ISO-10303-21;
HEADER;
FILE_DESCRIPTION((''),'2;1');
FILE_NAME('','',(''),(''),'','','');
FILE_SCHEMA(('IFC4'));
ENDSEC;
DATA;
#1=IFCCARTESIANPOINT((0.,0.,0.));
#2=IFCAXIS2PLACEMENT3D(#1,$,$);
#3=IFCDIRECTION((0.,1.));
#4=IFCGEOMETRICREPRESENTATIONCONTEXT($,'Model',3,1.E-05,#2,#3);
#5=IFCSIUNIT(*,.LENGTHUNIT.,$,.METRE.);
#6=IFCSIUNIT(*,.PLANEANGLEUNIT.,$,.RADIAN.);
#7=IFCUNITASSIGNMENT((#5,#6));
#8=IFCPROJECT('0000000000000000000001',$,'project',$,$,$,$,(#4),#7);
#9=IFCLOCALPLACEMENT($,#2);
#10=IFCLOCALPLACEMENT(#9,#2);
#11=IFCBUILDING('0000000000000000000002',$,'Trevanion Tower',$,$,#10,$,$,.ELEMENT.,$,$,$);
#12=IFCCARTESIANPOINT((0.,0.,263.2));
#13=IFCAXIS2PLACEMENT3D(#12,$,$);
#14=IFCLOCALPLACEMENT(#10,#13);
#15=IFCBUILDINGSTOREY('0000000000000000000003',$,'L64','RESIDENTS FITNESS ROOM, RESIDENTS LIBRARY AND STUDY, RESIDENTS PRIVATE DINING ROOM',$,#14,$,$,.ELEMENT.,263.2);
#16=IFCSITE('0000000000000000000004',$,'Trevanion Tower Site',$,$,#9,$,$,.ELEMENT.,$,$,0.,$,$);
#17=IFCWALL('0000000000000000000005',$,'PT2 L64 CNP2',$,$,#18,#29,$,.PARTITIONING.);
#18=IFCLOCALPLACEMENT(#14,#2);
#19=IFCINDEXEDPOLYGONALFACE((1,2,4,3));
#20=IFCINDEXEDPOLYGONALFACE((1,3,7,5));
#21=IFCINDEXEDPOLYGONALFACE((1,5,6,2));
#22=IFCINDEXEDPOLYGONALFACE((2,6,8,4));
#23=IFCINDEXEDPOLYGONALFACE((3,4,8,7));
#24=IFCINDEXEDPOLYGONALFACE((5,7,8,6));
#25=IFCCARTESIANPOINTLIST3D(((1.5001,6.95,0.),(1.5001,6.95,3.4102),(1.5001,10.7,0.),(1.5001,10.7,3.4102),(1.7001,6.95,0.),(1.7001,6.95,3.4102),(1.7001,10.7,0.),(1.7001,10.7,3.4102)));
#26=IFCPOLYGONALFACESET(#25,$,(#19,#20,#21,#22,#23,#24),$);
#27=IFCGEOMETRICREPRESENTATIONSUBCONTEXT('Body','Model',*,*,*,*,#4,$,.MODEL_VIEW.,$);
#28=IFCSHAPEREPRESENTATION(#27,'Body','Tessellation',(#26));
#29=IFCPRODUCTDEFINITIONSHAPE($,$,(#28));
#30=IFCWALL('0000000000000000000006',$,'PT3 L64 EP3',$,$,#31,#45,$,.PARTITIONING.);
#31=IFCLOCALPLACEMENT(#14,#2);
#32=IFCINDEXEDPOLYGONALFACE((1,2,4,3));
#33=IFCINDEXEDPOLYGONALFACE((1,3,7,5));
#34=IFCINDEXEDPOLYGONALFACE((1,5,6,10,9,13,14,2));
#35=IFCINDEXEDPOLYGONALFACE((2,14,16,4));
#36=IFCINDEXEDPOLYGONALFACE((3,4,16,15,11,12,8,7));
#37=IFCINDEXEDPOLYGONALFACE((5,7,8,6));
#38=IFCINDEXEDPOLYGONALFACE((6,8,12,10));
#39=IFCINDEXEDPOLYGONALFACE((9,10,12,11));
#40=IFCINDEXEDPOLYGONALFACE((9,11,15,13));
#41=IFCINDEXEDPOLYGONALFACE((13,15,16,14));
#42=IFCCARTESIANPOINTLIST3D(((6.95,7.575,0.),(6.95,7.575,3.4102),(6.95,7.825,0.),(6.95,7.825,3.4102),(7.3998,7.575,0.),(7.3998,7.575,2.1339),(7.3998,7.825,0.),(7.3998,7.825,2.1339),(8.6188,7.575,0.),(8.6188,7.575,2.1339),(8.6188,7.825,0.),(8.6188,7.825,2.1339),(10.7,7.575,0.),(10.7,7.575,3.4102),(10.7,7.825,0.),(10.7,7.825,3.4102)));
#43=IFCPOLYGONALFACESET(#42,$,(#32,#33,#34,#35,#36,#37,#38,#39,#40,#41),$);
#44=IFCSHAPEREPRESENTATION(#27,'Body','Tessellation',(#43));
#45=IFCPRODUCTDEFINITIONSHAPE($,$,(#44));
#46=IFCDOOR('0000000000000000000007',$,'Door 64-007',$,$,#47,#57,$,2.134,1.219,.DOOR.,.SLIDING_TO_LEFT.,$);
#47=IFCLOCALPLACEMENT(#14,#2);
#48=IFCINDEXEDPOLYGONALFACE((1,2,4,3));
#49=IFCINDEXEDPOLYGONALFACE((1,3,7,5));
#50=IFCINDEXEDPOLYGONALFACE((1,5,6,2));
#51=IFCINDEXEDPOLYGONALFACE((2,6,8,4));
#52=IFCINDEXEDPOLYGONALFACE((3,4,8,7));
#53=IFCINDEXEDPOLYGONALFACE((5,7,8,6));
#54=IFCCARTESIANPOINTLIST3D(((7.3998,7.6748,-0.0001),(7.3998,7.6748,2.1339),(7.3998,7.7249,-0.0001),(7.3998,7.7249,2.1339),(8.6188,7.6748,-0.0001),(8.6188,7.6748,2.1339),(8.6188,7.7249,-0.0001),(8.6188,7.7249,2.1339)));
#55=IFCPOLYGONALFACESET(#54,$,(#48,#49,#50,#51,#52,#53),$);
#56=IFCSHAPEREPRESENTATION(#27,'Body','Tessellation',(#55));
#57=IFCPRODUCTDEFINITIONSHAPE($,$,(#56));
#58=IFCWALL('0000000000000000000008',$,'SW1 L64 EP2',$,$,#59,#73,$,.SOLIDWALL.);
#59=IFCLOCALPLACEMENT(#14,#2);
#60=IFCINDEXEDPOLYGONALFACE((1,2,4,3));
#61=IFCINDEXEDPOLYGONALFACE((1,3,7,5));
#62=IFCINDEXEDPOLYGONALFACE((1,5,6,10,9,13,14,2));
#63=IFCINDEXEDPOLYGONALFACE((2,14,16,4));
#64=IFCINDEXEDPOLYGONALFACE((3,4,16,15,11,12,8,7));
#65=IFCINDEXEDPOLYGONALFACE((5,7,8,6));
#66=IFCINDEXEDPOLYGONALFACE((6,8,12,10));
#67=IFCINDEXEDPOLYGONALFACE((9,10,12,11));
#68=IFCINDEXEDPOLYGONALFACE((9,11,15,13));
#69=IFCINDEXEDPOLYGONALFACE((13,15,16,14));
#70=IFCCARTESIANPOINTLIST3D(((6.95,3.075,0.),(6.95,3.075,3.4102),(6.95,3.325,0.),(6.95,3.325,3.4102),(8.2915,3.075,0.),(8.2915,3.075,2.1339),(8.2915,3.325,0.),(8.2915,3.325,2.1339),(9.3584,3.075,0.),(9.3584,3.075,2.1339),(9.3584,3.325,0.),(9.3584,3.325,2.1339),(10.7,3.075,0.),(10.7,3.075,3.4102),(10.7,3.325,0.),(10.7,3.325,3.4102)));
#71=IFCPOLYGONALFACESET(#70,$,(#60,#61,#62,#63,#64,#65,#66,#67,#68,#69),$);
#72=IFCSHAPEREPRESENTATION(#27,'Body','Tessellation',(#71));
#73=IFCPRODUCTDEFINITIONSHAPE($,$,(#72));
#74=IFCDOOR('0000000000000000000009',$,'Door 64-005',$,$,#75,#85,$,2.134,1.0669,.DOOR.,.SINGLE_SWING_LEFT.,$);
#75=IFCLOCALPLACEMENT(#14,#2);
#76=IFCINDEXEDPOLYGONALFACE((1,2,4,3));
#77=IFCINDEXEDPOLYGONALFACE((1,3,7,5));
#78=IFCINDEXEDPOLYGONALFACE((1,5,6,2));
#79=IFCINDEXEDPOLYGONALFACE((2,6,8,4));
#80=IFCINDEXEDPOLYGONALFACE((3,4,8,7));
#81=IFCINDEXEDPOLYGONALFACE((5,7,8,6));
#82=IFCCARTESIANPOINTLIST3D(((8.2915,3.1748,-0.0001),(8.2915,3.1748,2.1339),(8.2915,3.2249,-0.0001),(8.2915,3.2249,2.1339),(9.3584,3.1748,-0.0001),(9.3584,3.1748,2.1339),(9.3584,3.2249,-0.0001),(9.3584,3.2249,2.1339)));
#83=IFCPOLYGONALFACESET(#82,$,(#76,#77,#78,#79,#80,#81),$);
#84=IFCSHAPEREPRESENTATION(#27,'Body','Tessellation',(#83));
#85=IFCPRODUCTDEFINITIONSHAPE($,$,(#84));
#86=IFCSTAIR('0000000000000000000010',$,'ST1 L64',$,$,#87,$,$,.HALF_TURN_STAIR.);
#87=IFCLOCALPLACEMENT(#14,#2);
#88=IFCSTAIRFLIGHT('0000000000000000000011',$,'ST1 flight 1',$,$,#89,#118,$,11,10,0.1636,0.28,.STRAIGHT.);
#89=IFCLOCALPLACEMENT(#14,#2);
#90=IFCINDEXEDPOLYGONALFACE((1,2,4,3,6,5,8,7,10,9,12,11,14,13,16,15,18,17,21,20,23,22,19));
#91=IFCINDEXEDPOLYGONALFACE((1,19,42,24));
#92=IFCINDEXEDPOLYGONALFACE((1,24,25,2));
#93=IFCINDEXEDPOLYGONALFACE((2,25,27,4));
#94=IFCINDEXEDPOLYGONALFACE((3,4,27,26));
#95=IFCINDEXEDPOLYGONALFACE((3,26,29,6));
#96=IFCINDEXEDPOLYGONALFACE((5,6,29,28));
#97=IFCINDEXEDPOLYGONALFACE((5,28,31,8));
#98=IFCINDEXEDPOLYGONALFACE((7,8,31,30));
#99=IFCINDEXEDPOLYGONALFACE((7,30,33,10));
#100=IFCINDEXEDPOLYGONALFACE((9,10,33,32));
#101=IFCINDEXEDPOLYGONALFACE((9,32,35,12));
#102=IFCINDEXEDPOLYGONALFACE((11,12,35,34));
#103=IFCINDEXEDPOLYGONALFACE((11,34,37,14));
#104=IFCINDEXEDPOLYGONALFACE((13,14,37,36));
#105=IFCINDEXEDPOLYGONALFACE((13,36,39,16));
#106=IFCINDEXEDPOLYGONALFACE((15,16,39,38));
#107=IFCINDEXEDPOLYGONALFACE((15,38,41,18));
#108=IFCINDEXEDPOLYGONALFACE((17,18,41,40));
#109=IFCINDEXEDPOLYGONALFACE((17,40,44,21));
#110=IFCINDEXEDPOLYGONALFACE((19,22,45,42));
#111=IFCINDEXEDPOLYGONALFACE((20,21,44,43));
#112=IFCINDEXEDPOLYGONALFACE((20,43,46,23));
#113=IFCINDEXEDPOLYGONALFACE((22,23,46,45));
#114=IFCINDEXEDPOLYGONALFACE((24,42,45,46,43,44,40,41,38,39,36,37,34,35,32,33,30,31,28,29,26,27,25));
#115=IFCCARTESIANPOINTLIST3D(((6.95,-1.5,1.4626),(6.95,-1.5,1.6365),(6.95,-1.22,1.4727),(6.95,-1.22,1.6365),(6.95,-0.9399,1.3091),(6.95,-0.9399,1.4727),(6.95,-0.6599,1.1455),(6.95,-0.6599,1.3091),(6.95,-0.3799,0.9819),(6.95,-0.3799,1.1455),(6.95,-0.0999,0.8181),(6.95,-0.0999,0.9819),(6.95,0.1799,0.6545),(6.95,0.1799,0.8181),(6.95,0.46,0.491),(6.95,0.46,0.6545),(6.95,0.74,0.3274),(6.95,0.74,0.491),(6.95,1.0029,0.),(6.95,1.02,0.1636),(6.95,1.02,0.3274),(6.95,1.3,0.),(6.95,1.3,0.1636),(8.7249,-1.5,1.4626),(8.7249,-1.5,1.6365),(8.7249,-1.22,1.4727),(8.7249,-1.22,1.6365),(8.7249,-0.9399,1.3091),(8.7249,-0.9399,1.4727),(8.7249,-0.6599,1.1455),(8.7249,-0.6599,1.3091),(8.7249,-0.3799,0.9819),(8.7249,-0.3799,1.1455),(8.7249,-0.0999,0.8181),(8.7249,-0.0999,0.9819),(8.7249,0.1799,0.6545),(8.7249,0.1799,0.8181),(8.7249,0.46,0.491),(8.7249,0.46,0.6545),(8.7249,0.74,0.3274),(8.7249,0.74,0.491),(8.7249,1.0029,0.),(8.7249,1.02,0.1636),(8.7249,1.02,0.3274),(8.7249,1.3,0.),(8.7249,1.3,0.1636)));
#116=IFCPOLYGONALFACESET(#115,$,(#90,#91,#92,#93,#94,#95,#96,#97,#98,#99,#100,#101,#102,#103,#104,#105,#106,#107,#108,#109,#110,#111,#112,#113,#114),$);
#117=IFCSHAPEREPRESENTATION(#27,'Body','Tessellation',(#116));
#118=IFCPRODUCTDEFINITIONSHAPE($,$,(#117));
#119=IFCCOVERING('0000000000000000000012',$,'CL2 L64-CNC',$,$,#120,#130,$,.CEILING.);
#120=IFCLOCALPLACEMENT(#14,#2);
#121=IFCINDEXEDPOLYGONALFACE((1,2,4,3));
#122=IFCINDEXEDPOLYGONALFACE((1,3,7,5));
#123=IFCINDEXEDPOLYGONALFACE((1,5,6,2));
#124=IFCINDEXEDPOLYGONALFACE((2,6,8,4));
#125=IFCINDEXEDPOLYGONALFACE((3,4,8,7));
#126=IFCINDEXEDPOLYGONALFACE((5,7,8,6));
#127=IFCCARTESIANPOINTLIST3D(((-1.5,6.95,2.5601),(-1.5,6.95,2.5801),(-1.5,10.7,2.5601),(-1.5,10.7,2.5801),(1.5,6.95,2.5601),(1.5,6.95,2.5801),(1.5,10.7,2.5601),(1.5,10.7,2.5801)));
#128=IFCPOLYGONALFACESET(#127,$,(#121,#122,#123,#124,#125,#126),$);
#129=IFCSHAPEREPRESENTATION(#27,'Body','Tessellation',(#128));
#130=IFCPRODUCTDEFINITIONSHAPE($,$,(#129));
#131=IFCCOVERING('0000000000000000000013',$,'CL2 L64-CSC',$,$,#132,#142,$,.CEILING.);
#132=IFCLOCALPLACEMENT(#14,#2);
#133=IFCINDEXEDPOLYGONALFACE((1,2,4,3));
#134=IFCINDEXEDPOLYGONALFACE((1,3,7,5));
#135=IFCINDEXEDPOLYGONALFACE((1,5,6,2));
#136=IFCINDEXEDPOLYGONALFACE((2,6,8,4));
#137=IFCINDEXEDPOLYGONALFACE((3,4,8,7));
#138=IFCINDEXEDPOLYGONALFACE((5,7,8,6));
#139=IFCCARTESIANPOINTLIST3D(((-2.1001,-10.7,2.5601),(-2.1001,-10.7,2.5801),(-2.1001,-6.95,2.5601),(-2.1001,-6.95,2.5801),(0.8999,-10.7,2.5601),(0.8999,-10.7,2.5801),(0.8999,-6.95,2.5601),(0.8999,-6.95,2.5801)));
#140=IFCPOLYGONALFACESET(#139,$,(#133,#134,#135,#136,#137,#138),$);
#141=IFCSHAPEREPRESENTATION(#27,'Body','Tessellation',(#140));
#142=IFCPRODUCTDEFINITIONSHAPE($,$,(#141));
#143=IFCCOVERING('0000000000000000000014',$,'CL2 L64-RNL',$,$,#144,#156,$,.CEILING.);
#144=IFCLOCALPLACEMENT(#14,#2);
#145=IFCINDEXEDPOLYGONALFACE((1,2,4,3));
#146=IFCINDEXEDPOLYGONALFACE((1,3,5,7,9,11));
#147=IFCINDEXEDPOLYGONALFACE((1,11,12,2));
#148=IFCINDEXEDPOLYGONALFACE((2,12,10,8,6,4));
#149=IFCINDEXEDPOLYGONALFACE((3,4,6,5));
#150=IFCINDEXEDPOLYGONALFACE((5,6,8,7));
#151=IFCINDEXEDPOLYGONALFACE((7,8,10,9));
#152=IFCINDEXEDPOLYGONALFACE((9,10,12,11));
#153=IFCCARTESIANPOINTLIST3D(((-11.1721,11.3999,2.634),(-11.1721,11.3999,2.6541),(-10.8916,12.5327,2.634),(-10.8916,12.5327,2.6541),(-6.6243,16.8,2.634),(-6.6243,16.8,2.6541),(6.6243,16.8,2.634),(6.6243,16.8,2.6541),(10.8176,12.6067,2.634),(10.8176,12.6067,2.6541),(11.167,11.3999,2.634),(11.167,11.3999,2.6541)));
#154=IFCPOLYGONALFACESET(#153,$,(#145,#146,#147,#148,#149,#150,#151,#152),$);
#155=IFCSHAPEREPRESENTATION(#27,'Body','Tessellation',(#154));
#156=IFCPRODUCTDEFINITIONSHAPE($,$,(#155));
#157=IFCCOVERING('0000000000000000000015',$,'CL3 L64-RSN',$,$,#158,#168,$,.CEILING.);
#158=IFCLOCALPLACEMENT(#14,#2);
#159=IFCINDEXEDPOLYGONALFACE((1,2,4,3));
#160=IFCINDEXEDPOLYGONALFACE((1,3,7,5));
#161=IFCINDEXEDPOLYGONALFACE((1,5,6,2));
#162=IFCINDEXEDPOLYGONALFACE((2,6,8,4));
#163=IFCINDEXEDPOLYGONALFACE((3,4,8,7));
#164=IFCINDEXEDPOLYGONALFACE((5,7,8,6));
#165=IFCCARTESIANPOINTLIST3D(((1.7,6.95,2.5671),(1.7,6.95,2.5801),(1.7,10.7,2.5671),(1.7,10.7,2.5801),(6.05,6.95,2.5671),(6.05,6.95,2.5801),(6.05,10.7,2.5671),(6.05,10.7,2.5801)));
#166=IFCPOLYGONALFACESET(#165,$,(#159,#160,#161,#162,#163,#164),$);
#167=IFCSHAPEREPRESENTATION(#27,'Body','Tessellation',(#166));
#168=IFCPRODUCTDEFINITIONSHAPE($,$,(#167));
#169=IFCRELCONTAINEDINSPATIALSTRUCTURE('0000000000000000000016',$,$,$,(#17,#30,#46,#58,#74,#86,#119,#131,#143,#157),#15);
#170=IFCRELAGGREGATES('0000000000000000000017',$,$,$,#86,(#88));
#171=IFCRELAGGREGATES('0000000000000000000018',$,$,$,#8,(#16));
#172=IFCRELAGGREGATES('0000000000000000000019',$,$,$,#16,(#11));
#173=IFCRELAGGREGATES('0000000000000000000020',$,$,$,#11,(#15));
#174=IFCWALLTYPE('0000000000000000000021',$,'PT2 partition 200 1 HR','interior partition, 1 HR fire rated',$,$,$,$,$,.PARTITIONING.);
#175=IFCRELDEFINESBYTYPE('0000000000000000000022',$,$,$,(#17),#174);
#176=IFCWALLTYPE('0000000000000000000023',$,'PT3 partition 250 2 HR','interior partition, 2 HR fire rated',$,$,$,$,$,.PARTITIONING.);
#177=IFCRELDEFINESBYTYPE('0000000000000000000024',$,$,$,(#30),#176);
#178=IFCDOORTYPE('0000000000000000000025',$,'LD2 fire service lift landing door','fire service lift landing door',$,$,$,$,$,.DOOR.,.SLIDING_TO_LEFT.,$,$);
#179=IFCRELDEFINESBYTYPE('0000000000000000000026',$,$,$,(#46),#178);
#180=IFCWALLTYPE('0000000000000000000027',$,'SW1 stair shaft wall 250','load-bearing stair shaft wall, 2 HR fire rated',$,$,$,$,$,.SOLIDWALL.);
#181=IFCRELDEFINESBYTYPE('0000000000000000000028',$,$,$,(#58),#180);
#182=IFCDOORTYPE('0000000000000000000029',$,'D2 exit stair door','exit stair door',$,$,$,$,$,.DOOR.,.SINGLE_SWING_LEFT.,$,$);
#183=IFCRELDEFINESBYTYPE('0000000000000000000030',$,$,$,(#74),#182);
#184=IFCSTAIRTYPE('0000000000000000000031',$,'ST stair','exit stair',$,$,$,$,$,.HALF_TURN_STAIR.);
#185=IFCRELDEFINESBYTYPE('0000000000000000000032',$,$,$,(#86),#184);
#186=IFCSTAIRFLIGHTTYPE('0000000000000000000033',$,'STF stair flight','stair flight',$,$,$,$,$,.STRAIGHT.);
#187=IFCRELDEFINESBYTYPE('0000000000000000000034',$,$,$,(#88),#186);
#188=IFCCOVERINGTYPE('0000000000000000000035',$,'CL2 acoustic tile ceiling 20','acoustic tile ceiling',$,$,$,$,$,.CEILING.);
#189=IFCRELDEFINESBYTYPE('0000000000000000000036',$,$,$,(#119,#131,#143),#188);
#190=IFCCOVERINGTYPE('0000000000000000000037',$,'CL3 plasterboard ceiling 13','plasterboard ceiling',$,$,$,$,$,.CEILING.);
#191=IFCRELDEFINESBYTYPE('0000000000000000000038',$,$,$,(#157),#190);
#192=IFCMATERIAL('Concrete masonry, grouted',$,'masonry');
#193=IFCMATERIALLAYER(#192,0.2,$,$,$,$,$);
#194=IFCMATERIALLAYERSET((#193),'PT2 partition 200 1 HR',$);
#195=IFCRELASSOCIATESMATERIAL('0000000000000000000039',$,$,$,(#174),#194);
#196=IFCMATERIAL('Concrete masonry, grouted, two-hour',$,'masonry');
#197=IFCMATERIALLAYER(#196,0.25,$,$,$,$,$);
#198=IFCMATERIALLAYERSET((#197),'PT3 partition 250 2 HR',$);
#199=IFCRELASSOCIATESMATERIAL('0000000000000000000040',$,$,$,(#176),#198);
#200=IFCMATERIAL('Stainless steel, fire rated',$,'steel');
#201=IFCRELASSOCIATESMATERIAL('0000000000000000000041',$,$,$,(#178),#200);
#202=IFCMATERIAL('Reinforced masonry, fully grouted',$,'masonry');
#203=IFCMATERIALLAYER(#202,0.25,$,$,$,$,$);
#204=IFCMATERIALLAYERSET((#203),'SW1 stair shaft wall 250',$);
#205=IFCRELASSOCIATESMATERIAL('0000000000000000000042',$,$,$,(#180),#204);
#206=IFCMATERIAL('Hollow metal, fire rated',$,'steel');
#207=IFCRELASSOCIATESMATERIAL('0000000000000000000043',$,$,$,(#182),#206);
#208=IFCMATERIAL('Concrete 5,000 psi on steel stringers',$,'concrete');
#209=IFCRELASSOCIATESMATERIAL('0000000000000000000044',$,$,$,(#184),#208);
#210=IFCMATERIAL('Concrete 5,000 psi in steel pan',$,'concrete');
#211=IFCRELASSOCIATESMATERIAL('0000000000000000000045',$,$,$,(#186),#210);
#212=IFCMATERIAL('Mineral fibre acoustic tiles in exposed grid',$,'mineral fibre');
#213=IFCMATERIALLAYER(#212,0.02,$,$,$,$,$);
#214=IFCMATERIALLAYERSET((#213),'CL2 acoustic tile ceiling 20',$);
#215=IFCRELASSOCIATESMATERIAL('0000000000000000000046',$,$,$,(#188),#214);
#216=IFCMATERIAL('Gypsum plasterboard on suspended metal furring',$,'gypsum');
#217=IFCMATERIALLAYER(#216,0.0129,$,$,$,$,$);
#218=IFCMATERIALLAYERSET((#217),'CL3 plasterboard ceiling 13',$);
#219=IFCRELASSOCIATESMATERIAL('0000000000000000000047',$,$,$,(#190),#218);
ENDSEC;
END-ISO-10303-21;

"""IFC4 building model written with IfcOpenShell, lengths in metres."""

from ifc_helpers import new_model, si_unit, direction, frame, frame_2d, origin, place, context, subcontext, project, spatial, polyline, rectangle, outline, extrude, material, layer, layer_set, type_object, element, fill, aggregate, save


model = new_model("IFC4")

# Units and contexts
model_context = context("Model", 3, precision=1e-05, world=origin(), true_north=direction((0.0, 1.0)))
body_context = subcontext(model_context, "Body", "Model", "MODEL_VIEW")
ifc_project = project(units=[si_unit("LENGTHUNIT", "METRE"), si_unit("PLANEANGLEUNIT", "RADIAN")], contexts=[model_context])

# Site, building, storey
site_placement = place(None, origin())
site = spatial("IfcSite", under=ifc_project, at=site_placement, Name="Trevanion Tower Site", CompositionType="ELEMENT", RefElevation=0.0)
building_placement = place(site_placement, origin())
building = spatial("IfcBuilding", under=site, at=building_placement, Name="Trevanion Tower", CompositionType="ELEMENT")
storey_placement = place(building_placement, frame((0.0, 0.0, 263.2)))
storey = spatial("IfcBuildingStorey", under=building, at=storey_placement, Name="L64", Description="RESIDENTS FITNESS ROOM, RESIDENTS LIBRARY AND STUDY, RESIDENTS PRIVATE DINING ROOM", CompositionType="ELEMENT", Elevation=263.2)

# Wall
ifc_material_1 = material(Name="Concrete masonry, grouted", Category="masonry")
ifc_layer_1 = layer(ifc_material_1, 0.2)
ifc_layer_set_1 = layer_set([ifc_layer_1], Name="PT2 partition 200 1 HR")
wall_type_1 = type_object("IfcWallType", Name="PT2 partition 200 1 HR", Description="interior partition, 1 HR fire rated", PredefinedType="PARTITIONING", material=ifc_layer_set_1)
wall_1_placement = place(storey_placement, frame((1.6001, 6.95, 0.0), z_axis=(0.0, 0.0, 1.0), x_axis=(0.0, 1.0, 0.0)))
element("IfcWall", 1, at=wall_1_placement, inside=storey, type_object=wall_type_1, Name="PT2 L64 CNP2", PredefinedType="PARTITIONING", context=body_context, shape_type="SweptSolid", body=[
    extrude(rectangle(XDim=3.75, YDim=0.2, at=frame_2d((1.875, 0.0))), origin(), (0.0, 0.0, 1.0), 3.4102),
])

# Walls, openings, doors
ifc_material_2 = material(Name="Concrete masonry, grouted, two-hour", Category="masonry")
ifc_layer_2 = layer(ifc_material_2, 0.25)
ifc_layer_set_2 = layer_set([ifc_layer_2], Name="PT3 partition 250 2 HR")
wall_type_2 = type_object("IfcWallType", Name="PT3 partition 250 2 HR", Description="interior partition, 2 HR fire rated", PredefinedType="PARTITIONING", material=ifc_layer_set_2)
wall_2_placement = place(storey_placement, frame((6.95, 7.7, 0.0), z_axis=(0.0, 0.0, 1.0), x_axis=(1.0, 0.0, 0.0)))
wall_2 = element("IfcWall", 2, at=wall_2_placement, inside=storey, type_object=wall_type_2, Name="PT3 L64 EP3", PredefinedType="PARTITIONING", context=body_context, shape_type="SweptSolid", body=[
    extrude(rectangle(XDim=3.75, YDim=0.25, at=frame_2d((1.875, 0.0))), origin(), (0.0, 0.0, 1.0), 3.4102),
])
opening_1_placement = place(wall_2_placement, frame((0.45, 0.0, 0.0)))
opening_1 = element("IfcOpeningElement", 3, at=opening_1_placement, cuts=wall_2, PredefinedType="OPENING", context=body_context, shape_type="SweptSolid", body=[
    extrude(rectangle(XDim=1.219, YDim=2.134, at=frame_2d((0.6094, 1.0669))), frame((0.0, 0.135, 0.0), z_axis=(0.0, -1.0, 0.0), x_axis=(1.0, 0.0, 0.0)), (0.0, 0.0, 1.0), 0.27),
])
ifc_material_3 = material(Name="Stainless steel, fire rated", Category="steel")
door_type_1 = type_object("IfcDoorType", Name="LD2 fire service lift landing door", Description="fire service lift landing door", OperationType="SLIDING_TO_LEFT", PredefinedType="DOOR", material=ifc_material_3)
door_1_placement = place(opening_1_placement, origin())
door_1 = element("IfcDoor", 4, at=door_1_placement, inside=storey, type_object=door_type_1, Name="Door 64-007", OperationType="SLIDING_TO_LEFT", OverallHeight=2.134, OverallWidth=1.219, PredefinedType="DOOR", context=body_context, shape_type="SweptSolid", body=[
    extrude(rectangle(XDim=1.219, YDim=2.134, at=frame_2d((0.6094, 1.0669))), frame((0.0, 0.0249, 0.0), z_axis=(0.0, -1.0, 0.0), x_axis=(1.0, 0.0, 0.0)), (0.0, 0.0, 1.0), 0.05),
])
fill(opening_1, door_1)
ifc_material_4 = material(Name="Reinforced masonry, fully grouted", Category="masonry")
ifc_layer_3 = layer(ifc_material_4, 0.25)
ifc_layer_set_3 = layer_set([ifc_layer_3], Name="SW1 stair shaft wall 250")
wall_type_3 = type_object("IfcWallType", Name="SW1 stair shaft wall 250", Description="load-bearing stair shaft wall, 2 HR fire rated", PredefinedType="SOLIDWALL", material=ifc_layer_set_3)
wall_3_placement = place(storey_placement, frame((6.95, 3.2, 0.0), z_axis=(0.0, 0.0, 1.0), x_axis=(1.0, 0.0, 0.0)))
wall_3 = element("IfcWall", 5, at=wall_3_placement, inside=storey, type_object=wall_type_3, Name="SW1 L64 EP2", PredefinedType="SOLIDWALL", context=body_context, shape_type="SweptSolid", body=[
    extrude(rectangle(XDim=3.75, YDim=0.25, at=frame_2d((1.875, 0.0))), origin(), (0.0, 0.0, 1.0), 3.4102),
])
opening_2_placement = place(wall_3_placement, frame((1.3416, 0.0, 0.0)))
opening_2 = element("IfcOpeningElement", 6, at=opening_2_placement, cuts=wall_3, PredefinedType="OPENING", context=body_context, shape_type="SweptSolid", body=[
    extrude(rectangle(XDim=1.0669, YDim=2.134, at=frame_2d((0.5334, 1.0669))), frame((0.0, 0.135, 0.0), z_axis=(0.0, -1.0, 0.0), x_axis=(1.0, 0.0, 0.0)), (0.0, 0.0, 1.0), 0.27),
])
ifc_material_5 = material(Name="Hollow metal, fire rated", Category="steel")
door_type_2 = type_object("IfcDoorType", Name="D2 exit stair door", Description="exit stair door", OperationType="SINGLE_SWING_LEFT", PredefinedType="DOOR", material=ifc_material_5)
door_2_placement = place(opening_2_placement, origin())
door_2 = element("IfcDoor", 7, at=door_2_placement, inside=storey, type_object=door_type_2, Name="Door 64-005", OperationType="SINGLE_SWING_LEFT", OverallHeight=2.134, OverallWidth=1.0669, PredefinedType="DOOR", context=body_context, shape_type="SweptSolid", body=[
    extrude(rectangle(XDim=1.0669, YDim=2.134, at=frame_2d((0.5334, 1.0669))), frame((0.0, 0.0249, 0.0), z_axis=(0.0, -1.0, 0.0), x_axis=(1.0, 0.0, 0.0)), (0.0, 0.0, 1.0), 0.05),
])
fill(opening_2, door_2)

# Stair, stair flight
ifc_material_6 = material(Name="Concrete 5,000 psi on steel stringers", Category="concrete")
stair_type = type_object("IfcStairType", Name="ST stair", Description="exit stair", PredefinedType="HALF_TURN_STAIR", material=ifc_material_6)
stair_placement = place(storey_placement, origin())
stair = element("IfcStair", 8, at=stair_placement, inside=storey, type_object=stair_type, Name="ST1 L64", PredefinedType="HALF_TURN_STAIR")
ifc_material_7 = material(Name="Concrete 5,000 psi in steel pan", Category="concrete")
stair_flight_type = type_object("IfcStairFlightType", Name="STF stair flight", Description="stair flight", PredefinedType="STRAIGHT", material=ifc_material_7)
stair_flight_placement = place(storey_placement, frame((7.8374, 1.3, 0.0), z_axis=(0.0, 0.0, 1.0), x_axis=(0.0, -1.0, 0.0)))
stair_flight = element("IfcStairFlight", 9, at=stair_flight_placement, type_object=stair_flight_type, Name="ST1 flight 1", NumberOfRisers=11, NumberOfTreads=10, PredefinedType="STRAIGHT", RiserHeight=0.1636, TreadLength=0.28, context=body_context, shape_type="SweptSolid", body=[
    extrude(outline(polyline([(0.0, 0.0), (0.0, 0.1636), (0.28, 0.1636), (0.28, 0.3274), (0.5601, 0.3274), (0.5601, 0.491), (0.8401, 0.491), (0.8401, 0.6545), (1.1201, 0.6545), (1.1201, 0.8181), (1.3999, 0.8181), (1.3999, 0.9819), (1.6799, 0.9819), (1.6799, 1.1455), (1.96, 1.1455), (1.96, 1.3091), (2.24, 1.3091), (2.24, 1.4727), (2.52, 1.4727), (2.52, 1.6365), (2.8, 1.6365), (2.8, 1.8), (2.8, 1.4626), (0.2971, 0.0), (0.0, 0.0)])), frame((0.0, 0.8875, 0.0), z_axis=(0.0, -1.0, 0.0), x_axis=(1.0, 0.0, 0.0)), (0.0, 0.0, 1.0), 1.7749),
])
aggregate(stair, [stair_flight])

# Coverings
ifc_material_8 = material(Name="Mineral fibre acoustic tiles in exposed grid", Category="mineral fibre")
ifc_layer_4 = layer(ifc_material_8, 0.02)
ifc_layer_set_4 = layer_set([ifc_layer_4], Name="CL2 acoustic tile ceiling 20")
covering_type_1 = type_object("IfcCoveringType", Name="CL2 acoustic tile ceiling 20", Description="acoustic tile ceiling", PredefinedType="CEILING", material=ifc_layer_set_4)
covering_1_placement = place(storey_placement, frame((0.0, 0.0, 2.5601)))
element("IfcCovering", 10, at=covering_1_placement, inside=storey, type_object=covering_type_1, Name="CL2 L64-CNC", PredefinedType="CEILING", context=body_context, shape_type="SweptSolid", body=[
    extrude(outline(polyline([(1.5, 6.95), (1.5, 10.7), (-1.5, 10.7), (-1.5, 6.95), (1.5, 6.95)])), origin(), (0.0, 0.0, 1.0), 0.02),
])
covering_2_placement = place(storey_placement, frame((0.0, 0.0, 2.5601)))
element("IfcCovering", 11, at=covering_2_placement, inside=storey, type_object=covering_type_1, Name="CL2 L64-CSC", PredefinedType="CEILING", context=body_context, shape_type="SweptSolid", body=[
    extrude(outline(polyline([(0.8999, -10.7), (0.8999, -6.95), (-2.1001, -6.95), (-2.1001, -10.7), (0.8999, -10.7)])), origin(), (0.0, 0.0, 1.0), 0.02),
])
covering_3_placement = place(storey_placement, frame((0.0, 0.0, 2.634)))
element("IfcCovering", 12, at=covering_3_placement, inside=storey, type_object=covering_type_1, Name="CL2 L64-RNL", PredefinedType="CEILING", context=body_context, shape_type="SweptSolid", body=[
    extrude(outline(polyline([(-6.6243, 16.8), (6.6243, 16.8), (10.8176, 12.6067), (11.167, 11.3999), (-11.1721, 11.3999), (-10.8916, 12.5327), (-6.6243, 16.8)])), origin(), (0.0, 0.0, 1.0), 0.02),
])
ifc_material_9 = material(Name="Gypsum plasterboard on suspended metal furring", Category="gypsum")
ifc_layer_5 = layer(ifc_material_9, 0.0129)
ifc_layer_set_5 = layer_set([ifc_layer_5], Name="CL3 plasterboard ceiling 13")
covering_type_2 = type_object("IfcCoveringType", Name="CL3 plasterboard ceiling 13", Description="plasterboard ceiling", PredefinedType="CEILING", material=ifc_layer_set_5)
covering_4_placement = place(storey_placement, frame((0.0, 0.0, 2.5671)))
element("IfcCovering", 13, at=covering_4_placement, inside=storey, type_object=covering_type_2, Name="CL3 L64-RSN", PredefinedType="CEILING", context=body_context, shape_type="SweptSolid", body=[
    extrude(outline(polyline([(6.05, 6.95), (6.05, 10.7), (1.7, 10.7), (1.7, 6.95), (6.05, 6.95)])), origin(), (0.0, 0.0, 1.0), 0.0129),
])

save(model, "model.ifc")
